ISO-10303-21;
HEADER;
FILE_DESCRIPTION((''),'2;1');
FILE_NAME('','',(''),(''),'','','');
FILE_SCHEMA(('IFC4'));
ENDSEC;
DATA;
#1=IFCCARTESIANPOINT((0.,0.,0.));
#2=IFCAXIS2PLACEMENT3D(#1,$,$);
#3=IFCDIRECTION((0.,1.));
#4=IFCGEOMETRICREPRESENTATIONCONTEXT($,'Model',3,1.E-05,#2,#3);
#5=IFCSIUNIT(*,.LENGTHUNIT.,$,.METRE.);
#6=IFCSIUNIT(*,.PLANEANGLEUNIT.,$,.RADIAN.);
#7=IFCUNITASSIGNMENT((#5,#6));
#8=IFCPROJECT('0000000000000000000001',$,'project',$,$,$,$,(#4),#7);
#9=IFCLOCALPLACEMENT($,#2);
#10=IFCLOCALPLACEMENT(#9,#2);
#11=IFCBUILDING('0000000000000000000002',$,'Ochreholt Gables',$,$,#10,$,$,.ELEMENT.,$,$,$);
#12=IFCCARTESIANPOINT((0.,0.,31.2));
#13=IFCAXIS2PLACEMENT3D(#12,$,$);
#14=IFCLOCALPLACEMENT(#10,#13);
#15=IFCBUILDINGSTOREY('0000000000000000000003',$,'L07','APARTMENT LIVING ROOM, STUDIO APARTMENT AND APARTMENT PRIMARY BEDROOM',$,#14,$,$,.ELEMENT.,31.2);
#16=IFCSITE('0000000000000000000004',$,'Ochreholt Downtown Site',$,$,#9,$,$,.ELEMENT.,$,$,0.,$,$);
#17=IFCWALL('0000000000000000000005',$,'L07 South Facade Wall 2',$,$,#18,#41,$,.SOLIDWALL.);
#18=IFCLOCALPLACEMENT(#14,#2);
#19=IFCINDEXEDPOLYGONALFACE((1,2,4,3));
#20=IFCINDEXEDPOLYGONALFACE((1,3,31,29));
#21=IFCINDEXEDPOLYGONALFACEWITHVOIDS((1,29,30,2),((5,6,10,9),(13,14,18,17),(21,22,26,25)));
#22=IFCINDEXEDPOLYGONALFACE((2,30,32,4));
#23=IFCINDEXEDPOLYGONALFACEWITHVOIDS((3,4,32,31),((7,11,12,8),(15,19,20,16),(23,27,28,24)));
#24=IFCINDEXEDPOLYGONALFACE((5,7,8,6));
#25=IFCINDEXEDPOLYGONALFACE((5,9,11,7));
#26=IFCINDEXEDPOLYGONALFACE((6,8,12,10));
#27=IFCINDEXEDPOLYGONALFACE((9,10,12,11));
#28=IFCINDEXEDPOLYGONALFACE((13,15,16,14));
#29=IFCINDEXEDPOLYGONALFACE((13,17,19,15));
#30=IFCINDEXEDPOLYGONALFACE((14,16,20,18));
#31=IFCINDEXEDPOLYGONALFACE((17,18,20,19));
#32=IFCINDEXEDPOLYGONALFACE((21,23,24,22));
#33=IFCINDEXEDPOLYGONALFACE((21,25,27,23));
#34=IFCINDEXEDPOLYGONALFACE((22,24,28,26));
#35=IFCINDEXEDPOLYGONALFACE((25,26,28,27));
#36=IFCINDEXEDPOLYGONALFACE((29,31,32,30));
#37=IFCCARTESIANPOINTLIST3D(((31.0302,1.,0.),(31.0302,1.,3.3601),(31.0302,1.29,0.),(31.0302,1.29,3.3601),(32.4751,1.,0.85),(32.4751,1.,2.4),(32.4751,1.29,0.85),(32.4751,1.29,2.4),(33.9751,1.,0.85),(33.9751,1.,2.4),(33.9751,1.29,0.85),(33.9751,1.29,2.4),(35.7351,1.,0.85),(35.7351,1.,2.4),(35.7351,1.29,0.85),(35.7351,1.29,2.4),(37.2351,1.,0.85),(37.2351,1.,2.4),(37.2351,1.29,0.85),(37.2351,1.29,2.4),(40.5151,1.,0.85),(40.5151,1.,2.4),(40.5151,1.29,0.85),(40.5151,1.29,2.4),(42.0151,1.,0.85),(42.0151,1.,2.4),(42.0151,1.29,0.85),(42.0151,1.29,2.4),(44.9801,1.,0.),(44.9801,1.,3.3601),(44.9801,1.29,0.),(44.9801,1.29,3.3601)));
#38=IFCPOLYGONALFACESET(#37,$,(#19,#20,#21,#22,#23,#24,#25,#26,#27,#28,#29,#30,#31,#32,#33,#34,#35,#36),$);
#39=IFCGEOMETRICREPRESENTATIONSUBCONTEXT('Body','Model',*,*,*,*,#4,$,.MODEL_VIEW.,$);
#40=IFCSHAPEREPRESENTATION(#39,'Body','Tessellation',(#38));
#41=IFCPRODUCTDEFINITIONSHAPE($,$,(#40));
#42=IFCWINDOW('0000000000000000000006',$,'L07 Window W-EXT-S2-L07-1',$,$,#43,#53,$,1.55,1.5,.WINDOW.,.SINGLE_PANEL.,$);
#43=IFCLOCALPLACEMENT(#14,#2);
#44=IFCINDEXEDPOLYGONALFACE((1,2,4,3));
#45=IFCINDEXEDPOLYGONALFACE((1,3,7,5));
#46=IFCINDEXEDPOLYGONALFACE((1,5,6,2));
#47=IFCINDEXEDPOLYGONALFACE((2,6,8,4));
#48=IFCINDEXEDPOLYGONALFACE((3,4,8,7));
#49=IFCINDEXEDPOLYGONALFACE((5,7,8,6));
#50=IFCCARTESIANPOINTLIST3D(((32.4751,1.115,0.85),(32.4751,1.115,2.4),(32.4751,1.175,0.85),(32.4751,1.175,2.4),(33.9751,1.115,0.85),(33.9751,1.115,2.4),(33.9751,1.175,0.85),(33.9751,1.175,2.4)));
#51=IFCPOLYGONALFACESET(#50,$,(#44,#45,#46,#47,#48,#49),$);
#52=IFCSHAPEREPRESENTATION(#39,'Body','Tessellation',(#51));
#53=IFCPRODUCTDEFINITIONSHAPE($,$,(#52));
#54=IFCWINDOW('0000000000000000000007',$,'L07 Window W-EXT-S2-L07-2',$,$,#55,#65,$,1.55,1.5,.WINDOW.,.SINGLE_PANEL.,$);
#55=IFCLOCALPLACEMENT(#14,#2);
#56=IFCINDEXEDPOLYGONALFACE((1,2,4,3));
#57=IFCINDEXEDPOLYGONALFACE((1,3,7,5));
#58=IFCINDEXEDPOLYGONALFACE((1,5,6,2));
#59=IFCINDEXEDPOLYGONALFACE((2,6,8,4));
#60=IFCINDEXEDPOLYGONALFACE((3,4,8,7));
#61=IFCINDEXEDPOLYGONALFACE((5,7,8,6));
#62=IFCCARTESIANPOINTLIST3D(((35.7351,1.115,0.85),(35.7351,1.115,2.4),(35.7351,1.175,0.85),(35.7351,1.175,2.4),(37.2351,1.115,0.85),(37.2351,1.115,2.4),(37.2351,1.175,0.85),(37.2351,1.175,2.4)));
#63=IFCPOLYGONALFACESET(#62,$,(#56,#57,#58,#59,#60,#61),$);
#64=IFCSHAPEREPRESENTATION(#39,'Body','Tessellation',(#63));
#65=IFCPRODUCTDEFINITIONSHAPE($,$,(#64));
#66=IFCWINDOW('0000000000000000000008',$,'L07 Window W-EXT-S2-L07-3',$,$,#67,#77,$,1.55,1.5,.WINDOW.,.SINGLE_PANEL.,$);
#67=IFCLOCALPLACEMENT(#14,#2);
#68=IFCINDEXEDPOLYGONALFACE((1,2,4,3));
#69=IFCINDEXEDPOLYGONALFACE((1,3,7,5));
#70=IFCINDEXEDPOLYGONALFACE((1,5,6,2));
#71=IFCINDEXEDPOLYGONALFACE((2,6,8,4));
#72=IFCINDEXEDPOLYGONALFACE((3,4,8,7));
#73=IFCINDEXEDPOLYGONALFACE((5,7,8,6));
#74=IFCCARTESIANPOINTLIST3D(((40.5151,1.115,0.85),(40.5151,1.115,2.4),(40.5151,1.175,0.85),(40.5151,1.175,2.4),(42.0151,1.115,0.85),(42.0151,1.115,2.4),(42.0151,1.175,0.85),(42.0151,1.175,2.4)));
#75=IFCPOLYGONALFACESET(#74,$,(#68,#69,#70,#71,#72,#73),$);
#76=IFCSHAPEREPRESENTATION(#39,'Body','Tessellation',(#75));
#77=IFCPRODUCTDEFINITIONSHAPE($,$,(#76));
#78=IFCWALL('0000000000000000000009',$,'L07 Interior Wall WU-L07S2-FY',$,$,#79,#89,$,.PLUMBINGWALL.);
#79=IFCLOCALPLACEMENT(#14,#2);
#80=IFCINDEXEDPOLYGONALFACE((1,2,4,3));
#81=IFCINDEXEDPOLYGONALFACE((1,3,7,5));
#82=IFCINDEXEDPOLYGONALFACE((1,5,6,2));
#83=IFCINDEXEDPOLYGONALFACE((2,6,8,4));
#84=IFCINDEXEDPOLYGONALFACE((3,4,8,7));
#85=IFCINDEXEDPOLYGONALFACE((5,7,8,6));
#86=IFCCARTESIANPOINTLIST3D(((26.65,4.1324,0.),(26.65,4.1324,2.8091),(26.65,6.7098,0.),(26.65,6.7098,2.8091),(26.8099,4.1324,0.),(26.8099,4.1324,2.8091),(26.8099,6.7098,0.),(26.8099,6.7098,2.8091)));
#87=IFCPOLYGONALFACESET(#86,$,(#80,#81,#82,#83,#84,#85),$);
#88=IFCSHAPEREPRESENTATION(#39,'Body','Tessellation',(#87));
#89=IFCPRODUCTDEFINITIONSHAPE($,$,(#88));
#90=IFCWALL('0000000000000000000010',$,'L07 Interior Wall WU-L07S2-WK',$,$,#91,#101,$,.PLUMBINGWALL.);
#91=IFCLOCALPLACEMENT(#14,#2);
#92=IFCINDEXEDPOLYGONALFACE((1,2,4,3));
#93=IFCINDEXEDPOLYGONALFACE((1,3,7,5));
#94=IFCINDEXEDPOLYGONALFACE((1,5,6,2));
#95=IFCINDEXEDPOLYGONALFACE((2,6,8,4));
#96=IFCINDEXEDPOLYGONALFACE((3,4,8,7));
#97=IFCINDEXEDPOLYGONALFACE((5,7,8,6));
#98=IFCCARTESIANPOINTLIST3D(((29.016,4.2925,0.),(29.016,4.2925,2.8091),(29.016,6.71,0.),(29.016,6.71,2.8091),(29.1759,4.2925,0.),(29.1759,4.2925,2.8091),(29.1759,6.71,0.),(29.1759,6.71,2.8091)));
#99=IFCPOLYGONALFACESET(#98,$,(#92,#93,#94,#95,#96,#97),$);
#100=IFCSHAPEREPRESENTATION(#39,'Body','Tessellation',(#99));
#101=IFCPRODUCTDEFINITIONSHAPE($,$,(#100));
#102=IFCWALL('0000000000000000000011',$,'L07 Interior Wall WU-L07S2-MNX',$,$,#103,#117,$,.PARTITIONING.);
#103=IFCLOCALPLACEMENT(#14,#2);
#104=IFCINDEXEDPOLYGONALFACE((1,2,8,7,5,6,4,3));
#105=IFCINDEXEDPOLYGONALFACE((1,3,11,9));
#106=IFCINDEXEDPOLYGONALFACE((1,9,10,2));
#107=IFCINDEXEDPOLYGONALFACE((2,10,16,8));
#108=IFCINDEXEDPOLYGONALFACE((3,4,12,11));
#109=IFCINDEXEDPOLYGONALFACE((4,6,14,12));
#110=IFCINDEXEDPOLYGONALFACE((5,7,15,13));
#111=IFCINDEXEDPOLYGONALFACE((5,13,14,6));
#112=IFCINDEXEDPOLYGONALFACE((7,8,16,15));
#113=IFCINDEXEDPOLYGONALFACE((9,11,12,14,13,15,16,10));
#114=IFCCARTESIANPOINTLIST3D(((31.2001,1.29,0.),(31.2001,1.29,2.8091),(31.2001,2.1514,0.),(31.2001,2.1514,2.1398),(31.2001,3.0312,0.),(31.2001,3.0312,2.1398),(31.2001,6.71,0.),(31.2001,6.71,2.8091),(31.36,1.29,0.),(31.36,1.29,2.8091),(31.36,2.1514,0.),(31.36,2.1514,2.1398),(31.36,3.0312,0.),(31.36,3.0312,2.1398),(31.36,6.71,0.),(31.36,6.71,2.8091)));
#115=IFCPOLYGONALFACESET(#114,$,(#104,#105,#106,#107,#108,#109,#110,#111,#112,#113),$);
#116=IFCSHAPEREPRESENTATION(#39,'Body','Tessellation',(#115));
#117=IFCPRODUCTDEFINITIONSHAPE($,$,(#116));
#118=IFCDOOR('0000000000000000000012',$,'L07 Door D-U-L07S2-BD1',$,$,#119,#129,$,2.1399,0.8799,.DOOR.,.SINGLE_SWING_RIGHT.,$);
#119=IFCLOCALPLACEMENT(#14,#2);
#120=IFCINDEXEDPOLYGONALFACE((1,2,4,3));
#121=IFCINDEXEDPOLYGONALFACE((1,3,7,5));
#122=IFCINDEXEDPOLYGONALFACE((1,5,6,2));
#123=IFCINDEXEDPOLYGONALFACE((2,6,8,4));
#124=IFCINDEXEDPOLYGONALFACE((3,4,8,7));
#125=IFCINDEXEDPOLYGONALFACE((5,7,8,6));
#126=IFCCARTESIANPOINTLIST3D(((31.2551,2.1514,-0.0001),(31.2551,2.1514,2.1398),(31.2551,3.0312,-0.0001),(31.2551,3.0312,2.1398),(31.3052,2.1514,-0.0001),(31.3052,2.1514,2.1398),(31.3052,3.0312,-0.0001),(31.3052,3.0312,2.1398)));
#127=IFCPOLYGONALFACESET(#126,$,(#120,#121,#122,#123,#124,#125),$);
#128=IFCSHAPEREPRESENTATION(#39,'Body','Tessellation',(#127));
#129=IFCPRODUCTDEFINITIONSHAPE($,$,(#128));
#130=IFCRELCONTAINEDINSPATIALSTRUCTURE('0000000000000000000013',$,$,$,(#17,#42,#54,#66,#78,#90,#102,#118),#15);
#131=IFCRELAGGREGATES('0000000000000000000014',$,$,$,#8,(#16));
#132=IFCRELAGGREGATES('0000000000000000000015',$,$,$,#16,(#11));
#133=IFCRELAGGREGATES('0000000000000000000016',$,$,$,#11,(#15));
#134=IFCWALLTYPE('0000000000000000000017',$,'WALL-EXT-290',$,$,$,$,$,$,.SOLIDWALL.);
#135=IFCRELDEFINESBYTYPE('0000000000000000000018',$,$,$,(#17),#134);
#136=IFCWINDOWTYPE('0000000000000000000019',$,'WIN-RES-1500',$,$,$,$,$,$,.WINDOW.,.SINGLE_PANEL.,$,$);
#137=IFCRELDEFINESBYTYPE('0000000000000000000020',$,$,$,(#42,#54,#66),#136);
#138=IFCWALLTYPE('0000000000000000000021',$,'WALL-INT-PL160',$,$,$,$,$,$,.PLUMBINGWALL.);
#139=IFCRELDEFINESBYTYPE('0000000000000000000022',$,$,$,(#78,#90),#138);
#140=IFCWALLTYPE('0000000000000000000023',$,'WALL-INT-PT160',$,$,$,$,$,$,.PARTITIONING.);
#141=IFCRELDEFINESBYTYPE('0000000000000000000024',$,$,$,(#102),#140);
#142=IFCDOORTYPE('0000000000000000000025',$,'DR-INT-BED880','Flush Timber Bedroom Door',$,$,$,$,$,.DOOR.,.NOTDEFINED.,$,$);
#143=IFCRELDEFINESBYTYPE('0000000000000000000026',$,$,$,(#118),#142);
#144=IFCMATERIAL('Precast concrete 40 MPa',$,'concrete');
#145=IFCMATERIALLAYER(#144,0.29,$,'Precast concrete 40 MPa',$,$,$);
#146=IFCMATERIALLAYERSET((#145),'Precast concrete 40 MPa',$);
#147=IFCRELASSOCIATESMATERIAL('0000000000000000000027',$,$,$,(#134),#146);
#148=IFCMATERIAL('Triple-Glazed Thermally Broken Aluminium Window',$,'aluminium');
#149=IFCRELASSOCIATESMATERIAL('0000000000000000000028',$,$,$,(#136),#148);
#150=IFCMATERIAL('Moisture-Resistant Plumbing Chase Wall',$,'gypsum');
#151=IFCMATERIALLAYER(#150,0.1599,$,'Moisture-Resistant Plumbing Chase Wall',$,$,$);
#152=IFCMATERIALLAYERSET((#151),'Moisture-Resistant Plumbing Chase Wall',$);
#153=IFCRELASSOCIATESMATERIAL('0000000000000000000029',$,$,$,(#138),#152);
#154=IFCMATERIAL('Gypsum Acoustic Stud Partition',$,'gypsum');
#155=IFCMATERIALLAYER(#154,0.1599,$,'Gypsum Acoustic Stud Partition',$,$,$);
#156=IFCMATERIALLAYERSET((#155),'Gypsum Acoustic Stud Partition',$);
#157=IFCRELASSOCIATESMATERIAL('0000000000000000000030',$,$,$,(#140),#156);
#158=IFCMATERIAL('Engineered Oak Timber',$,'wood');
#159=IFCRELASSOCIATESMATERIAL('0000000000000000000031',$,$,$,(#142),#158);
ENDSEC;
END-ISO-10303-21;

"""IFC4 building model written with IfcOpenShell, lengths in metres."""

from ifc_helpers import new_model, si_unit, direction, frame, frame_2d, origin, place, context, subcontext, project, spatial, rectangle, extrude, material, layer, layer_set, type_object, element, fill, save


model = new_model("IFC4")

# Units and contexts
model_context = context("Model", 3, precision=1e-05, world=origin(), true_north=direction((0.0, 1.0)))
body_context = subcontext(model_context, "Body", "Model", "MODEL_VIEW")
ifc_project = project(units=[si_unit("LENGTHUNIT", "METRE"), si_unit("PLANEANGLEUNIT", "RADIAN")], contexts=[model_context])

# Site, building, storey
site_placement = place(None, origin())
site = spatial("IfcSite", under=ifc_project, at=site_placement, Name="Ochreholt Downtown Site", CompositionType="ELEMENT", RefElevation=0.0)
building_placement = place(site_placement, origin())
building = spatial("IfcBuilding", under=site, at=building_placement, Name="Ochreholt Gables", CompositionType="ELEMENT")
storey_placement = place(building_placement, frame((0.0, 0.0, 31.2)))
storey = spatial("IfcBuildingStorey", under=building, at=storey_placement, Name="L07", Description="APARTMENT LIVING ROOM, STUDIO APARTMENT AND APARTMENT PRIMARY BEDROOM", CompositionType="ELEMENT", Elevation=31.2)

# Wall, openings, windows
ifc_material_1 = material(Name="Precast concrete 40 MPa", Category="concrete")
ifc_layer_1 = layer(ifc_material_1, 0.29, Name="Precast concrete 40 MPa")
ifc_layer_set_1 = layer_set([ifc_layer_1], Name="Precast concrete 40 MPa")
wall_type_1 = type_object("IfcWallType", Name="WALL-EXT-290", PredefinedType="SOLIDWALL", material=ifc_layer_set_1)
wall_1_placement = place(storey_placement, frame((31.03, 1.145, 0.0), z_axis=(0.0, 0.0, 1.0), x_axis=(1.0, 0.0, 0.0)))
wall_1 = element("IfcWall", 1, at=wall_1_placement, inside=storey, type_object=wall_type_1, Name="L07 South Facade Wall 2", PredefinedType="SOLIDWALL", context=body_context, shape_type="SweptSolid", body=[
    extrude(rectangle(XDim=13.95, YDim=0.29, at=frame_2d((6.9751, 0.0))), origin(), (0.0, 0.0, 1.0), 3.3601),
])
opening_1_placement = place(wall_1_placement, frame((1.4451, 0.0, 0.8501)))
opening_1 = element("IfcOpeningElement", 2, at=opening_1_placement, cuts=wall_1, PredefinedType="OPENING", context=body_context, shape_type="SweptSolid", body=[
    extrude(rectangle(XDim=1.5, YDim=1.55, at=frame_2d((0.75, 0.7749))), frame((0.0, 0.155, 0.0), z_axis=(0.0, -1.0, 0.0), x_axis=(1.0, 0.0, 0.0)), (0.0, 0.0, 1.0), 0.3101),
])
opening_2_placement = place(wall_1_placement, frame((4.7051, 0.0, 0.8501)))
opening_2 = element("IfcOpeningElement", 3, at=opening_2_placement, cuts=wall_1, PredefinedType="OPENING", context=body_context, shape_type="SweptSolid", body=[
    extrude(rectangle(XDim=1.5, YDim=1.55, at=frame_2d((0.75, 0.7749))), frame((0.0, 0.155, 0.0), z_axis=(0.0, -1.0, 0.0), x_axis=(1.0, 0.0, 0.0)), (0.0, 0.0, 1.0), 0.3101),
])
opening_3_placement = place(wall_1_placement, frame((9.4851, 0.0, 0.8501)))
opening_3 = element("IfcOpeningElement", 4, at=opening_3_placement, cuts=wall_1, PredefinedType="OPENING", context=body_context, shape_type="SweptSolid", body=[
    extrude(rectangle(XDim=1.5, YDim=1.55, at=frame_2d((0.75, 0.7749))), frame((0.0, 0.155, 0.0), z_axis=(0.0, -1.0, 0.0), x_axis=(1.0, 0.0, 0.0)), (0.0, 0.0, 1.0), 0.3101),
])
ifc_material_2 = material(Name="Triple-Glazed Thermally Broken Aluminium Window", Category="aluminium")
window_type = type_object("IfcWindowType", Name="WIN-RES-1500", PartitioningType="SINGLE_PANEL", PredefinedType="WINDOW", material=ifc_material_2)
window_1_placement = place(opening_1_placement, origin())
window_1 = element("IfcWindow", 5, at=window_1_placement, inside=storey, type_object=window_type, Name="L07 Window W-EXT-S2-L07-1", OverallHeight=1.55, OverallWidth=1.5, PartitioningType="SINGLE_PANEL", PredefinedType="WINDOW", context=body_context, shape_type="SweptSolid", body=[
    extrude(rectangle(XDim=1.5, YDim=1.55, at=frame_2d((0.75, 0.7749))), frame((0.0, 0.03, 0.0), z_axis=(0.0, -1.0, 0.0), x_axis=(1.0, 0.0, 0.0)), (0.0, 0.0, 1.0), 0.0601),
])
fill(opening_1, window_1)
window_2_placement = place(opening_2_placement, origin())
window_2 = element("IfcWindow", 6, at=window_2_placement, inside=storey, type_object=window_type, Name="L07 Window W-EXT-S2-L07-2", OverallHeight=1.55, OverallWidth=1.5, PartitioningType="SINGLE_PANEL", PredefinedType="WINDOW", context=body_context, shape_type="SweptSolid", body=[
    extrude(rectangle(XDim=1.5, YDim=1.55, at=frame_2d((0.75, 0.7749))), frame((0.0, 0.03, 0.0), z_axis=(0.0, -1.0, 0.0), x_axis=(1.0, 0.0, 0.0)), (0.0, 0.0, 1.0), 0.0601),
])
fill(opening_2, window_2)
window_3_placement = place(opening_3_placement, origin())
window_3 = element("IfcWindow", 7, at=window_3_placement, inside=storey, type_object=window_type, Name="L07 Window W-EXT-S2-L07-3", OverallHeight=1.55, OverallWidth=1.5, PartitioningType="SINGLE_PANEL", PredefinedType="WINDOW", context=body_context, shape_type="SweptSolid", body=[
    extrude(rectangle(XDim=1.5, YDim=1.55, at=frame_2d((0.75, 0.7749))), frame((0.0, 0.03, 0.0), z_axis=(0.0, -1.0, 0.0), x_axis=(1.0, 0.0, 0.0)), (0.0, 0.0, 1.0), 0.0601),
])
fill(opening_3, window_3)

# Shared definitions
ifc_material_3 = material(Name="Moisture-Resistant Plumbing Chase Wall", Category="gypsum")
ifc_layer_2 = layer(ifc_material_3, 0.1599, Name="Moisture-Resistant Plumbing Chase Wall")
ifc_layer_set_2 = layer_set([ifc_layer_2], Name="Moisture-Resistant Plumbing Chase Wall")
wall_type_2 = type_object("IfcWallType", Name="WALL-INT-PL160", PredefinedType="PLUMBINGWALL", material=ifc_layer_set_2)
ifc_material_4 = material(Name="Engineered Oak Timber", Category="wood")

# Walls
wall_2_placement = place(storey_placement, frame((26.73, 4.1326, 0.0), z_axis=(0.0, 0.0, 1.0), x_axis=(0.0, 1.0, 0.0)))
element("IfcWall", 8, at=wall_2_placement, inside=storey, type_object=wall_type_2, Name="L07 Interior Wall WU-L07S2-FY", PredefinedType="PLUMBINGWALL", context=body_context, shape_type="SweptSolid", body=[
    extrude(rectangle(XDim=2.5774, YDim=0.1599, at=frame_2d((1.2886, 0.0))), origin(), (0.0, 0.0, 1.0), 2.8091),
])
wall_3_placement = place(storey_placement, frame((29.0959, 4.2925, 0.0), z_axis=(0.0, 0.0, 1.0), x_axis=(0.0, 1.0, 0.0)))
element("IfcWall", 9, at=wall_3_placement, inside=storey, type_object=wall_type_2, Name="L07 Interior Wall WU-L07S2-WK", PredefinedType="PLUMBINGWALL", context=body_context, shape_type="SweptSolid", body=[
    extrude(rectangle(XDim=2.4175, YDim=0.1599, at=frame_2d((1.2087, 0.0))), origin(), (0.0, 0.0, 1.0), 2.8091),
])

# Wall, opening, door
ifc_material_5 = material(Name="Gypsum Acoustic Stud Partition", Category="gypsum")
ifc_layer_3 = layer(ifc_material_5, 0.1599, Name="Gypsum Acoustic Stud Partition")
ifc_layer_set_3 = layer_set([ifc_layer_3], Name="Gypsum Acoustic Stud Partition")
wall_type_3 = type_object("IfcWallType", Name="WALL-INT-PT160", PredefinedType="PARTITIONING", material=ifc_layer_set_3)
wall_4_placement = place(storey_placement, frame((31.28, 1.29, 0.0), z_axis=(0.0, 0.0, 1.0), x_axis=(0.0, 1.0, 0.0)))
wall_4 = element("IfcWall", 10, at=wall_4_placement, inside=storey, type_object=wall_type_3, Name="L07 Interior Wall WU-L07S2-MNX", PredefinedType="PARTITIONING", context=body_context, shape_type="SweptSolid", body=[
    extrude(rectangle(XDim=5.4199, YDim=0.1599, at=frame_2d((2.71, 0.0))), origin(), (0.0, 0.0, 1.0), 2.8091),
])
opening_4_placement = place(wall_4_placement, frame((0.8613, 0.0, 0.0)))
opening_4 = element("IfcOpeningElement", 11, at=opening_4_placement, cuts=wall_4, PredefinedType="OPENING", context=body_context, shape_type="SweptSolid", body=[
    extrude(rectangle(XDim=0.8799, YDim=2.1399, at=frame_2d((0.4399, 1.0698))), frame((0.0, 0.0898, 0.0), z_axis=(0.0, -1.0, 0.0), x_axis=(1.0, 0.0, 0.0)), (0.0, 0.0, 1.0), 0.1799),
])
door_type_1 = type_object("IfcDoorType", Name="DR-INT-BED880", Description="Flush Timber Bedroom Door", OperationType="NOTDEFINED", PredefinedType="DOOR", material=ifc_material_4)
door_1_placement = place(opening_4_placement, origin())
door_1 = element("IfcDoor", 12, at=door_1_placement, inside=storey, type_object=door_type_1, Name="L07 Door D-U-L07S2-BD1", OperationType="SINGLE_SWING_RIGHT", OverallHeight=2.1399, OverallWidth=0.8799, PredefinedType="DOOR", context=body_context, shape_type="SweptSolid", body=[
    extrude(rectangle(XDim=0.8799, YDim=2.1399, at=frame_2d((0.4399, 1.0698))), frame((0.0, 0.0249, 0.0), z_axis=(0.0, -1.0, 0.0), x_axis=(1.0, 0.0, 0.0)), (0.0, 0.0, 1.0), 0.05),
])
fill(opening_4, door_1)

save(model, "model.ifc")
